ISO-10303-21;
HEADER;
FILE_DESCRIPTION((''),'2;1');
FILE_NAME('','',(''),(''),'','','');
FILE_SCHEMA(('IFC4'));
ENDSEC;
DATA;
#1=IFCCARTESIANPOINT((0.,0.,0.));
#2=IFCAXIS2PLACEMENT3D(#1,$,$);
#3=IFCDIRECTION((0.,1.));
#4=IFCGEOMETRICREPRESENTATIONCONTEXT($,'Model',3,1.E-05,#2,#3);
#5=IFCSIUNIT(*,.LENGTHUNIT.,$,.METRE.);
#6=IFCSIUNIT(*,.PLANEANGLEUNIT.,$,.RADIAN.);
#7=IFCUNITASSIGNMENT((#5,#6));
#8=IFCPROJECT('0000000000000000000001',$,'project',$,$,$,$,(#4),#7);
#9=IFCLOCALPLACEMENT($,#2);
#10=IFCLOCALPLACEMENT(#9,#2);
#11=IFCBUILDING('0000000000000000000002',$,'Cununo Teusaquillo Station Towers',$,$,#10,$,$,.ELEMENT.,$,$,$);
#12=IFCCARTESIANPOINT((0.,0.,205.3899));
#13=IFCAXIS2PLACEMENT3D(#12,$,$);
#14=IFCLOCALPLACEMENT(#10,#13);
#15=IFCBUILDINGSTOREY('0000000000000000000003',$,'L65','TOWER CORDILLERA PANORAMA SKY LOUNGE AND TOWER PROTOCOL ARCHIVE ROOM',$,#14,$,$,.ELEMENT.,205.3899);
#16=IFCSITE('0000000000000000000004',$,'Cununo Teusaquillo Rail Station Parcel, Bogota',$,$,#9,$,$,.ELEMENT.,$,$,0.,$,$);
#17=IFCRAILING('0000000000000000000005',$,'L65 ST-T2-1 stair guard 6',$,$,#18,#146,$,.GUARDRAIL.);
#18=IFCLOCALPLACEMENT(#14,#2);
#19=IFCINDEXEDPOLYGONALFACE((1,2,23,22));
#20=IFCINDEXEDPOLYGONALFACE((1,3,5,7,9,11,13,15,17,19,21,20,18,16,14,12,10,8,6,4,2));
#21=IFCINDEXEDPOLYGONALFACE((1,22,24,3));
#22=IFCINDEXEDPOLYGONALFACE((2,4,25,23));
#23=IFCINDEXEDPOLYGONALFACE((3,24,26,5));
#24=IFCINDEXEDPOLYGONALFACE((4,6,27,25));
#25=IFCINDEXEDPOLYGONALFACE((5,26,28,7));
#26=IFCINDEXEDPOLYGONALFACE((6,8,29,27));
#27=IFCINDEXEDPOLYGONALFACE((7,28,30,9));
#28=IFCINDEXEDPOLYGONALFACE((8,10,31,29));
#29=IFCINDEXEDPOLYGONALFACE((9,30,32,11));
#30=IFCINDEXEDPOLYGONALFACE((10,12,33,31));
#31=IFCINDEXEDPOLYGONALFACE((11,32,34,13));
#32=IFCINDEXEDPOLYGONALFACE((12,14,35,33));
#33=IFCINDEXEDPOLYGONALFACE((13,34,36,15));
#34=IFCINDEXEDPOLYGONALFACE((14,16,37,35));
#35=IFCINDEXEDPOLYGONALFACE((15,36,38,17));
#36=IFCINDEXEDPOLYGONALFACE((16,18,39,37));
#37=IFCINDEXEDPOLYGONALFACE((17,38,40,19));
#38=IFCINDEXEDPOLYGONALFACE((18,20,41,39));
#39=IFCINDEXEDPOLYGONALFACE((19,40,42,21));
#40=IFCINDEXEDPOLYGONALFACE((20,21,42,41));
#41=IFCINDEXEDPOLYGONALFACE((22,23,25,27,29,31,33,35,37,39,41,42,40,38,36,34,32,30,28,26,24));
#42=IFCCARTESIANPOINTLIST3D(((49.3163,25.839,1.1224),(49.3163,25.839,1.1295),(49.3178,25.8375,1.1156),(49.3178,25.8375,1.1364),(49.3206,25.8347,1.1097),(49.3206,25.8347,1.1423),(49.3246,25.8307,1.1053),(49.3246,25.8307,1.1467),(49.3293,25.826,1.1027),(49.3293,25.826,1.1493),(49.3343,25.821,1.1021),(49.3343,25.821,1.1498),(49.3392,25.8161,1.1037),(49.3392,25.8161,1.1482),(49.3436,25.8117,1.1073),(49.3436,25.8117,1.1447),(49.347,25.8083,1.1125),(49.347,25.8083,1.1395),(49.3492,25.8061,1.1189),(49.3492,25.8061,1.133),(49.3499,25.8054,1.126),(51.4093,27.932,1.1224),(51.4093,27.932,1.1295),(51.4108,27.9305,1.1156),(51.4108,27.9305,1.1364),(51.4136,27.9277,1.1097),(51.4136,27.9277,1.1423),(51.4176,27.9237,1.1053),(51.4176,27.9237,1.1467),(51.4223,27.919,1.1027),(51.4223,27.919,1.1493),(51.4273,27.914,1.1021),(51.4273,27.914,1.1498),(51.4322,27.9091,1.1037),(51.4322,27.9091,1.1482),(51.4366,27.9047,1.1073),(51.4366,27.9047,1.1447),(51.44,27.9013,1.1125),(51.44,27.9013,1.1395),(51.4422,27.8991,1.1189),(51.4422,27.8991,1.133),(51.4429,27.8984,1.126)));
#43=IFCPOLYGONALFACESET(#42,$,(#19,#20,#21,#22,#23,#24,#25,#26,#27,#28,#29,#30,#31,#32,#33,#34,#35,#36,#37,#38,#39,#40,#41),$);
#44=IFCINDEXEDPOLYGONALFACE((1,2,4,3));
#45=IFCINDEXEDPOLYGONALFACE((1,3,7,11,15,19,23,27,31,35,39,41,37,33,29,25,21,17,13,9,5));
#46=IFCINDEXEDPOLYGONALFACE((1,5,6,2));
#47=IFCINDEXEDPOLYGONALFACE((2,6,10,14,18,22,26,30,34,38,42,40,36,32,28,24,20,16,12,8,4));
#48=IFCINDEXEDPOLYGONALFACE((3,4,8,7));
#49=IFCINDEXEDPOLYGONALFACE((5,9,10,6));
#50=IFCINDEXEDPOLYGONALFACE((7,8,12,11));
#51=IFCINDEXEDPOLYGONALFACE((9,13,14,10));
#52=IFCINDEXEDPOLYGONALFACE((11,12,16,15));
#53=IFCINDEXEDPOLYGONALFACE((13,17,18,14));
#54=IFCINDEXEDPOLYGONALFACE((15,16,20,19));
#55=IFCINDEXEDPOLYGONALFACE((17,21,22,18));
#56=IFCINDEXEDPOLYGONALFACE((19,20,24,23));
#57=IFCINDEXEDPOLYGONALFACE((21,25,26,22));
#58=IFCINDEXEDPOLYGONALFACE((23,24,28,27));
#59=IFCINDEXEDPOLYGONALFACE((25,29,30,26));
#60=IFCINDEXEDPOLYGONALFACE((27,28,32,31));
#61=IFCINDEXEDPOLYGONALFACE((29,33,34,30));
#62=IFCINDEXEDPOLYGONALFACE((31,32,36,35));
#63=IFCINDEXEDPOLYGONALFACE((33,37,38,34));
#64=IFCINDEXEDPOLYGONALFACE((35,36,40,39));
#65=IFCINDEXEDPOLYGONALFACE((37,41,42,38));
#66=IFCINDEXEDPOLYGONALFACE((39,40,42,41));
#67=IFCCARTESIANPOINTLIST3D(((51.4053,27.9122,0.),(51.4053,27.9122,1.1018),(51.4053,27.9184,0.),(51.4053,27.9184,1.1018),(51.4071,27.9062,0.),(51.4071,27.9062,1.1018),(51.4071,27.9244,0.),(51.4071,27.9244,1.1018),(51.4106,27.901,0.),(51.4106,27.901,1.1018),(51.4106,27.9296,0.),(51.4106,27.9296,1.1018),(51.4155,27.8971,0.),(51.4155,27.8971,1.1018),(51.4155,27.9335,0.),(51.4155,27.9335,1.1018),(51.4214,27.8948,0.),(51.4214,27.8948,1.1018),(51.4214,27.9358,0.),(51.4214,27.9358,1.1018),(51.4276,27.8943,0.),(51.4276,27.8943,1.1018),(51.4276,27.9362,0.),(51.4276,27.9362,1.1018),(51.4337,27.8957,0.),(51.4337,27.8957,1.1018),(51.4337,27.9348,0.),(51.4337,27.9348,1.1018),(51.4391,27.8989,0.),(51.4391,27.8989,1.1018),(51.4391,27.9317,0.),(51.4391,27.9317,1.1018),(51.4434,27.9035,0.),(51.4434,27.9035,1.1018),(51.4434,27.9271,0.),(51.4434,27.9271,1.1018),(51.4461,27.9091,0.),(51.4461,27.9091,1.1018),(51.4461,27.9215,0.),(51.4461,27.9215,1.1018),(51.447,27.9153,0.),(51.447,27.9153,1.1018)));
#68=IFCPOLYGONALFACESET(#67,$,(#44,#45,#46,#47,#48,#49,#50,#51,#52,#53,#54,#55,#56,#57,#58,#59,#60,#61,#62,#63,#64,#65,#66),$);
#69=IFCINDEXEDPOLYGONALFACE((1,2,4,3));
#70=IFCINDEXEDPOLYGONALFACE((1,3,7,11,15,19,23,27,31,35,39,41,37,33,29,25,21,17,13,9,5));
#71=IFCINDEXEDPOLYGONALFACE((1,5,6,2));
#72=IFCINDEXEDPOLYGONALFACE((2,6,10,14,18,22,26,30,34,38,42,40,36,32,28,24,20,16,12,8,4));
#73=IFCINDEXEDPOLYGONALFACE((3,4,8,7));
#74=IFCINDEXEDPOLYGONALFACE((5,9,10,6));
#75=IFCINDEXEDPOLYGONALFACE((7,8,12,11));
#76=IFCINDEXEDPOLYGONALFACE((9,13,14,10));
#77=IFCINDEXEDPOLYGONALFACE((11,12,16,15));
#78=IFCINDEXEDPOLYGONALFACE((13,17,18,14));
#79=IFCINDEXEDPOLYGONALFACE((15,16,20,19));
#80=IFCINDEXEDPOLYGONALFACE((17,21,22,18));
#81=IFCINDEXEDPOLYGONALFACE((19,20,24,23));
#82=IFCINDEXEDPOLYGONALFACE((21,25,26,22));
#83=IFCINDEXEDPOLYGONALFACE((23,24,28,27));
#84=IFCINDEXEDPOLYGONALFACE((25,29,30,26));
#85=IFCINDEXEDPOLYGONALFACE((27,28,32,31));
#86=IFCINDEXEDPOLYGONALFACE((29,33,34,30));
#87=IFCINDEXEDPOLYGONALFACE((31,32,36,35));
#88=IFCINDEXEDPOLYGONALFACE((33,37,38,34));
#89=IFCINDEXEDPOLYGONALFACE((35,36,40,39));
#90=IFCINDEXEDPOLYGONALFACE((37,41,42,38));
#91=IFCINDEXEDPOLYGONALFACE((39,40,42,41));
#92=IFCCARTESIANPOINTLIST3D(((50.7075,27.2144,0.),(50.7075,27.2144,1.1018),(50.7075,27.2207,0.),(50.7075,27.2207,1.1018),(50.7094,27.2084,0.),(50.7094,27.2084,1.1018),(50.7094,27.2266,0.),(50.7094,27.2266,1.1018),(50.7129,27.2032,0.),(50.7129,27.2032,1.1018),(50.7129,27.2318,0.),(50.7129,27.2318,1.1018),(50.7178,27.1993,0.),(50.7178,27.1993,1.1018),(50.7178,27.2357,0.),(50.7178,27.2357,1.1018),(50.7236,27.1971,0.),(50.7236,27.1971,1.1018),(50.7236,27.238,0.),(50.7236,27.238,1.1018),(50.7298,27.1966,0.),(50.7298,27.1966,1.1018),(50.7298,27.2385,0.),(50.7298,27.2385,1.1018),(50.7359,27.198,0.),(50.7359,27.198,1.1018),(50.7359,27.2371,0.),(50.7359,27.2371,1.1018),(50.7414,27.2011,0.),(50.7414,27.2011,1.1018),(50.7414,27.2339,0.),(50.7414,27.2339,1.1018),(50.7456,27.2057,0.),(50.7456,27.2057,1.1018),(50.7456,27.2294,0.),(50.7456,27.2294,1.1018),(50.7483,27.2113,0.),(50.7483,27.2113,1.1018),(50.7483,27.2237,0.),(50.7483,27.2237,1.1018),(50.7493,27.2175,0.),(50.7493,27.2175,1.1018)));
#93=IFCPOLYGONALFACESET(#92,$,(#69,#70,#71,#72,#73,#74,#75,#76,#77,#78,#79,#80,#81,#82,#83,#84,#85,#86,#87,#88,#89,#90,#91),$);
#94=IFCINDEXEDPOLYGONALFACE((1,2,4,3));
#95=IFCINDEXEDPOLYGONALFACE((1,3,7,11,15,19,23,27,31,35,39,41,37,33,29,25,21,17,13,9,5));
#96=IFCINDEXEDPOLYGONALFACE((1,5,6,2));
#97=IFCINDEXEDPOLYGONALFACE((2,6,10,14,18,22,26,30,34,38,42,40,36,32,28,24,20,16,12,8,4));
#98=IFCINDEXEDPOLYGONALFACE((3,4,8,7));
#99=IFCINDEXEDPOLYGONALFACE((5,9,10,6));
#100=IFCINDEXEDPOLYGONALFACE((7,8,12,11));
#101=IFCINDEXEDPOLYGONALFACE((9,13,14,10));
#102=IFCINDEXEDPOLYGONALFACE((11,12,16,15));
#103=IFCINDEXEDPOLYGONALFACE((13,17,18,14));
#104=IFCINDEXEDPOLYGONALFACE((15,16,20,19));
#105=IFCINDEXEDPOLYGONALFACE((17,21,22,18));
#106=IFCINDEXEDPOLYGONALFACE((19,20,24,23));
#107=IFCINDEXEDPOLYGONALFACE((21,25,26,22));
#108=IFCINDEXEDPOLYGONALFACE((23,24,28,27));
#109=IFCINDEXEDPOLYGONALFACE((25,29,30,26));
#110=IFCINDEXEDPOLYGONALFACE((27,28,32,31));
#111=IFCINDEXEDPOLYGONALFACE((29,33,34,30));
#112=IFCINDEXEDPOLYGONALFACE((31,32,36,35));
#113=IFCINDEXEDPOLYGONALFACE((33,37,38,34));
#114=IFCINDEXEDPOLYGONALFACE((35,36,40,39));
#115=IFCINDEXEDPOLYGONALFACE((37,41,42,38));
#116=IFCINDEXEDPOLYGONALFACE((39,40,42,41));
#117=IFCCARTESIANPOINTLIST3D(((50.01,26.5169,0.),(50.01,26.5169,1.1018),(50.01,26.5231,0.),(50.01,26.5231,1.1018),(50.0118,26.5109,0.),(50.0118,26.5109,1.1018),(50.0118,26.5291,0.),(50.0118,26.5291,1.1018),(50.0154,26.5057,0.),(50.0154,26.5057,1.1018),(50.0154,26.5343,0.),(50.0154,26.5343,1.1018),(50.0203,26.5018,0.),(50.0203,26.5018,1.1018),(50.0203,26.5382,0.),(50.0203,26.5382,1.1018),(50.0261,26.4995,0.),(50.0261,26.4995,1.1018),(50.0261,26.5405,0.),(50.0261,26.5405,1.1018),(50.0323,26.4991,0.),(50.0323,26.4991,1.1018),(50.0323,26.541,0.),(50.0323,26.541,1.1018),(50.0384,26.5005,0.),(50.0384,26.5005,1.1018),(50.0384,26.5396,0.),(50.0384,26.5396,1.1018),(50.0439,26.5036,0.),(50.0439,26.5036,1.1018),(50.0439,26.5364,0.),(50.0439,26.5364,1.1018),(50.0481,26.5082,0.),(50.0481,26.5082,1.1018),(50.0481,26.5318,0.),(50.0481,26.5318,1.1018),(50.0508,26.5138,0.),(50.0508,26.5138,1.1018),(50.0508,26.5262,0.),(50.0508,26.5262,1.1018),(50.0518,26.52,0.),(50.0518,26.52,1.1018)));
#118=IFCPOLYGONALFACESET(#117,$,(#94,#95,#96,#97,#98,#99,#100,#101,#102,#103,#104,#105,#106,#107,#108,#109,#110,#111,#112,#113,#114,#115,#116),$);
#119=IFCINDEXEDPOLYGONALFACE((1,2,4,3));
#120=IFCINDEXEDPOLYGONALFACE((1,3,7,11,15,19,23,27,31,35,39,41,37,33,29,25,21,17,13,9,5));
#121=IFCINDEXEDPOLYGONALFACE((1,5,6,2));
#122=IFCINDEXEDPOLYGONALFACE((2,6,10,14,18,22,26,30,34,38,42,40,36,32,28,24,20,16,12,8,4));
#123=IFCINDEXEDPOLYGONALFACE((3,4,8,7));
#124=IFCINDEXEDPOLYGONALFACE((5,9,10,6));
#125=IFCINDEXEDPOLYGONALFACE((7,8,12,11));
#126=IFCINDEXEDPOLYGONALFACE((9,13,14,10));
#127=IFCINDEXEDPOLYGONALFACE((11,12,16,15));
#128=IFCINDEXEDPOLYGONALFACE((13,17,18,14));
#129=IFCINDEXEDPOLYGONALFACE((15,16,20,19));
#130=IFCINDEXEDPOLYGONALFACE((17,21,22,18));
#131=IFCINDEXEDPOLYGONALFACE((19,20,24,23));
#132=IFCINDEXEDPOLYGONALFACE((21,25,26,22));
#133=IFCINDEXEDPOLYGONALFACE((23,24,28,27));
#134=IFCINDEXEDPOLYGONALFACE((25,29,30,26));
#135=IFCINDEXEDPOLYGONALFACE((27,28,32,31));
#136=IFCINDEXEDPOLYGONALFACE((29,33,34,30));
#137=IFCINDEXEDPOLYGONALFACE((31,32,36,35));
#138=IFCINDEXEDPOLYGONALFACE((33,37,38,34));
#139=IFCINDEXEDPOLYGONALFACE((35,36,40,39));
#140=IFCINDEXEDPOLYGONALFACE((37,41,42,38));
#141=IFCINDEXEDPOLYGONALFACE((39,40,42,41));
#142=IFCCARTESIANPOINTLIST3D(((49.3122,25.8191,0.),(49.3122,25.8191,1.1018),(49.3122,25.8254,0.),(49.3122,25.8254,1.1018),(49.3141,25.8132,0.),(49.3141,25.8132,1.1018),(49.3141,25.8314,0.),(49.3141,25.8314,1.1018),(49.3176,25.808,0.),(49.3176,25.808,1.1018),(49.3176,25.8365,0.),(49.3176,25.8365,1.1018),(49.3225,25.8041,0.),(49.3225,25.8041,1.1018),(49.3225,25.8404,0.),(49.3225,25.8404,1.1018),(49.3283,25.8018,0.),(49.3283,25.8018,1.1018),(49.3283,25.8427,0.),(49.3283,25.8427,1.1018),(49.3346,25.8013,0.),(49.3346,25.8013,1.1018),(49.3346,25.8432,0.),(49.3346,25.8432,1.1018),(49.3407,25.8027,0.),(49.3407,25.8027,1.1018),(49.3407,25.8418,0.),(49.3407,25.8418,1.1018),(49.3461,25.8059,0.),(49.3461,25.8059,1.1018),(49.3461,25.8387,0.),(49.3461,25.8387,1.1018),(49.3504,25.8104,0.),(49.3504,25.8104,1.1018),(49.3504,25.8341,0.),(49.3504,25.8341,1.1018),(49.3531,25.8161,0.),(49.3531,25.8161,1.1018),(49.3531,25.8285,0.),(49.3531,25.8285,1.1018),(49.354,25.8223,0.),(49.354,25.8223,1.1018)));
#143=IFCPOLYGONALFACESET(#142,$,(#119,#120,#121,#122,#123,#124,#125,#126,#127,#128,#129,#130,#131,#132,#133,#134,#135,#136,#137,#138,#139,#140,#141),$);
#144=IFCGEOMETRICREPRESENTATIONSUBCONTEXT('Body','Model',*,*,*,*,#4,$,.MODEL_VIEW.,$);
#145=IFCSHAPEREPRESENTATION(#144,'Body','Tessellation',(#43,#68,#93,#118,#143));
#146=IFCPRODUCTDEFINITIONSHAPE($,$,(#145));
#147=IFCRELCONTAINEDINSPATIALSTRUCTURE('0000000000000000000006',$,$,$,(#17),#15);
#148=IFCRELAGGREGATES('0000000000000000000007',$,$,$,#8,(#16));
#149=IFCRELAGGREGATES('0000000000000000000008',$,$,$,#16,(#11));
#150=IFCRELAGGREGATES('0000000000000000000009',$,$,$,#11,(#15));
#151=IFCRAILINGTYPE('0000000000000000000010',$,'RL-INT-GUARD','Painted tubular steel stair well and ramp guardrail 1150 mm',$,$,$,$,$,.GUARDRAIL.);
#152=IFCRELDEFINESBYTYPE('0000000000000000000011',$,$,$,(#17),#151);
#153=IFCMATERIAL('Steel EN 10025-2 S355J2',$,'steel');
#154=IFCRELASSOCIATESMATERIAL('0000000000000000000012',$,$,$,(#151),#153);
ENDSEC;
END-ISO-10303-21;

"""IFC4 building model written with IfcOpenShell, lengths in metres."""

from ifc_helpers import new_model, si_unit, direction, frame, origin, origin_2d, place, context, subcontext, project, spatial, circle, extrude, material, type_object, element, save


model = new_model("IFC4")

# Units and contexts
model_context = context("Model", 3, precision=1e-05, world=origin(), true_north=direction((0.0, 1.0)))
body_context = subcontext(model_context, "Body", "Model", "MODEL_VIEW")
ifc_project = project(units=[si_unit("LENGTHUNIT", "METRE"), si_unit("PLANEANGLEUNIT", "RADIAN")], contexts=[model_context])

# Site, building, storey
site_placement = place(None, origin())
site = spatial("IfcSite", under=ifc_project, at=site_placement, Name="Cununo Teusaquillo Rail Station Parcel, Bogota", CompositionType="ELEMENT", RefElevation=0.0)
building_placement = place(site_placement, origin())
building = spatial("IfcBuilding", under=site, at=building_placement, Name="Cununo Teusaquillo Station Towers", CompositionType="ELEMENT")
storey_placement = place(building_placement, frame((0.0, 0.0, 205.3899)))
storey = spatial("IfcBuildingStorey", under=building, at=storey_placement, Name="L65", Description="TOWER CORDILLERA PANORAMA SKY LOUNGE AND TOWER PROTOCOL ARCHIVE ROOM", CompositionType="ELEMENT", Elevation=205.3899)

# Railing
ifc_material_1 = material(Name="Steel EN 10025-2 S355J2", Category="steel")
railing_type = type_object("IfcRailingType", Name="RL-INT-GUARD", Description="Painted tubular steel stair well and ramp guardrail 1150 mm", PredefinedType="GUARDRAIL", material=ifc_material_1)
railing_1_placement = place(storey_placement, frame((51.426, 27.9153, 0.0)))
element("IfcRailing", 1, at=railing_1_placement, inside=storey, type_object=railing_type, Name="L65 ST-T2-1 stair guard 6", PredefinedType="GUARDRAIL", context=body_context, shape_type="SweptSolid", body=[
    extrude(circle(Radius=0.0239, at=origin_2d()), frame((0.0, 0.0, 1.126), z_axis=(-0.707107, -0.707107, 0.0), x_axis=(0.707107, -0.707107, 0.0)), (0.0, 0.0, 1.0), 2.96),
    extrude(circle(Radius=0.021, at=origin_2d()), origin(), (0.0, 0.0, 1.0), 1.1018),
    extrude(circle(Radius=0.021, at=origin_2d()), frame((-0.6978, -0.6978, 0.0)), (0.0, 0.0, 1.0), 1.1018),
    extrude(circle(Radius=0.021, at=origin_2d()), frame((-1.3953, -1.3953, 0.0)), (0.0, 0.0, 1.0), 1.1018),
    extrude(circle(Radius=0.021, at=origin_2d()), frame((-2.093, -2.093, 0.0)), (0.0, 0.0, 1.0), 1.1018),
])

save(model, "model.ifc")
